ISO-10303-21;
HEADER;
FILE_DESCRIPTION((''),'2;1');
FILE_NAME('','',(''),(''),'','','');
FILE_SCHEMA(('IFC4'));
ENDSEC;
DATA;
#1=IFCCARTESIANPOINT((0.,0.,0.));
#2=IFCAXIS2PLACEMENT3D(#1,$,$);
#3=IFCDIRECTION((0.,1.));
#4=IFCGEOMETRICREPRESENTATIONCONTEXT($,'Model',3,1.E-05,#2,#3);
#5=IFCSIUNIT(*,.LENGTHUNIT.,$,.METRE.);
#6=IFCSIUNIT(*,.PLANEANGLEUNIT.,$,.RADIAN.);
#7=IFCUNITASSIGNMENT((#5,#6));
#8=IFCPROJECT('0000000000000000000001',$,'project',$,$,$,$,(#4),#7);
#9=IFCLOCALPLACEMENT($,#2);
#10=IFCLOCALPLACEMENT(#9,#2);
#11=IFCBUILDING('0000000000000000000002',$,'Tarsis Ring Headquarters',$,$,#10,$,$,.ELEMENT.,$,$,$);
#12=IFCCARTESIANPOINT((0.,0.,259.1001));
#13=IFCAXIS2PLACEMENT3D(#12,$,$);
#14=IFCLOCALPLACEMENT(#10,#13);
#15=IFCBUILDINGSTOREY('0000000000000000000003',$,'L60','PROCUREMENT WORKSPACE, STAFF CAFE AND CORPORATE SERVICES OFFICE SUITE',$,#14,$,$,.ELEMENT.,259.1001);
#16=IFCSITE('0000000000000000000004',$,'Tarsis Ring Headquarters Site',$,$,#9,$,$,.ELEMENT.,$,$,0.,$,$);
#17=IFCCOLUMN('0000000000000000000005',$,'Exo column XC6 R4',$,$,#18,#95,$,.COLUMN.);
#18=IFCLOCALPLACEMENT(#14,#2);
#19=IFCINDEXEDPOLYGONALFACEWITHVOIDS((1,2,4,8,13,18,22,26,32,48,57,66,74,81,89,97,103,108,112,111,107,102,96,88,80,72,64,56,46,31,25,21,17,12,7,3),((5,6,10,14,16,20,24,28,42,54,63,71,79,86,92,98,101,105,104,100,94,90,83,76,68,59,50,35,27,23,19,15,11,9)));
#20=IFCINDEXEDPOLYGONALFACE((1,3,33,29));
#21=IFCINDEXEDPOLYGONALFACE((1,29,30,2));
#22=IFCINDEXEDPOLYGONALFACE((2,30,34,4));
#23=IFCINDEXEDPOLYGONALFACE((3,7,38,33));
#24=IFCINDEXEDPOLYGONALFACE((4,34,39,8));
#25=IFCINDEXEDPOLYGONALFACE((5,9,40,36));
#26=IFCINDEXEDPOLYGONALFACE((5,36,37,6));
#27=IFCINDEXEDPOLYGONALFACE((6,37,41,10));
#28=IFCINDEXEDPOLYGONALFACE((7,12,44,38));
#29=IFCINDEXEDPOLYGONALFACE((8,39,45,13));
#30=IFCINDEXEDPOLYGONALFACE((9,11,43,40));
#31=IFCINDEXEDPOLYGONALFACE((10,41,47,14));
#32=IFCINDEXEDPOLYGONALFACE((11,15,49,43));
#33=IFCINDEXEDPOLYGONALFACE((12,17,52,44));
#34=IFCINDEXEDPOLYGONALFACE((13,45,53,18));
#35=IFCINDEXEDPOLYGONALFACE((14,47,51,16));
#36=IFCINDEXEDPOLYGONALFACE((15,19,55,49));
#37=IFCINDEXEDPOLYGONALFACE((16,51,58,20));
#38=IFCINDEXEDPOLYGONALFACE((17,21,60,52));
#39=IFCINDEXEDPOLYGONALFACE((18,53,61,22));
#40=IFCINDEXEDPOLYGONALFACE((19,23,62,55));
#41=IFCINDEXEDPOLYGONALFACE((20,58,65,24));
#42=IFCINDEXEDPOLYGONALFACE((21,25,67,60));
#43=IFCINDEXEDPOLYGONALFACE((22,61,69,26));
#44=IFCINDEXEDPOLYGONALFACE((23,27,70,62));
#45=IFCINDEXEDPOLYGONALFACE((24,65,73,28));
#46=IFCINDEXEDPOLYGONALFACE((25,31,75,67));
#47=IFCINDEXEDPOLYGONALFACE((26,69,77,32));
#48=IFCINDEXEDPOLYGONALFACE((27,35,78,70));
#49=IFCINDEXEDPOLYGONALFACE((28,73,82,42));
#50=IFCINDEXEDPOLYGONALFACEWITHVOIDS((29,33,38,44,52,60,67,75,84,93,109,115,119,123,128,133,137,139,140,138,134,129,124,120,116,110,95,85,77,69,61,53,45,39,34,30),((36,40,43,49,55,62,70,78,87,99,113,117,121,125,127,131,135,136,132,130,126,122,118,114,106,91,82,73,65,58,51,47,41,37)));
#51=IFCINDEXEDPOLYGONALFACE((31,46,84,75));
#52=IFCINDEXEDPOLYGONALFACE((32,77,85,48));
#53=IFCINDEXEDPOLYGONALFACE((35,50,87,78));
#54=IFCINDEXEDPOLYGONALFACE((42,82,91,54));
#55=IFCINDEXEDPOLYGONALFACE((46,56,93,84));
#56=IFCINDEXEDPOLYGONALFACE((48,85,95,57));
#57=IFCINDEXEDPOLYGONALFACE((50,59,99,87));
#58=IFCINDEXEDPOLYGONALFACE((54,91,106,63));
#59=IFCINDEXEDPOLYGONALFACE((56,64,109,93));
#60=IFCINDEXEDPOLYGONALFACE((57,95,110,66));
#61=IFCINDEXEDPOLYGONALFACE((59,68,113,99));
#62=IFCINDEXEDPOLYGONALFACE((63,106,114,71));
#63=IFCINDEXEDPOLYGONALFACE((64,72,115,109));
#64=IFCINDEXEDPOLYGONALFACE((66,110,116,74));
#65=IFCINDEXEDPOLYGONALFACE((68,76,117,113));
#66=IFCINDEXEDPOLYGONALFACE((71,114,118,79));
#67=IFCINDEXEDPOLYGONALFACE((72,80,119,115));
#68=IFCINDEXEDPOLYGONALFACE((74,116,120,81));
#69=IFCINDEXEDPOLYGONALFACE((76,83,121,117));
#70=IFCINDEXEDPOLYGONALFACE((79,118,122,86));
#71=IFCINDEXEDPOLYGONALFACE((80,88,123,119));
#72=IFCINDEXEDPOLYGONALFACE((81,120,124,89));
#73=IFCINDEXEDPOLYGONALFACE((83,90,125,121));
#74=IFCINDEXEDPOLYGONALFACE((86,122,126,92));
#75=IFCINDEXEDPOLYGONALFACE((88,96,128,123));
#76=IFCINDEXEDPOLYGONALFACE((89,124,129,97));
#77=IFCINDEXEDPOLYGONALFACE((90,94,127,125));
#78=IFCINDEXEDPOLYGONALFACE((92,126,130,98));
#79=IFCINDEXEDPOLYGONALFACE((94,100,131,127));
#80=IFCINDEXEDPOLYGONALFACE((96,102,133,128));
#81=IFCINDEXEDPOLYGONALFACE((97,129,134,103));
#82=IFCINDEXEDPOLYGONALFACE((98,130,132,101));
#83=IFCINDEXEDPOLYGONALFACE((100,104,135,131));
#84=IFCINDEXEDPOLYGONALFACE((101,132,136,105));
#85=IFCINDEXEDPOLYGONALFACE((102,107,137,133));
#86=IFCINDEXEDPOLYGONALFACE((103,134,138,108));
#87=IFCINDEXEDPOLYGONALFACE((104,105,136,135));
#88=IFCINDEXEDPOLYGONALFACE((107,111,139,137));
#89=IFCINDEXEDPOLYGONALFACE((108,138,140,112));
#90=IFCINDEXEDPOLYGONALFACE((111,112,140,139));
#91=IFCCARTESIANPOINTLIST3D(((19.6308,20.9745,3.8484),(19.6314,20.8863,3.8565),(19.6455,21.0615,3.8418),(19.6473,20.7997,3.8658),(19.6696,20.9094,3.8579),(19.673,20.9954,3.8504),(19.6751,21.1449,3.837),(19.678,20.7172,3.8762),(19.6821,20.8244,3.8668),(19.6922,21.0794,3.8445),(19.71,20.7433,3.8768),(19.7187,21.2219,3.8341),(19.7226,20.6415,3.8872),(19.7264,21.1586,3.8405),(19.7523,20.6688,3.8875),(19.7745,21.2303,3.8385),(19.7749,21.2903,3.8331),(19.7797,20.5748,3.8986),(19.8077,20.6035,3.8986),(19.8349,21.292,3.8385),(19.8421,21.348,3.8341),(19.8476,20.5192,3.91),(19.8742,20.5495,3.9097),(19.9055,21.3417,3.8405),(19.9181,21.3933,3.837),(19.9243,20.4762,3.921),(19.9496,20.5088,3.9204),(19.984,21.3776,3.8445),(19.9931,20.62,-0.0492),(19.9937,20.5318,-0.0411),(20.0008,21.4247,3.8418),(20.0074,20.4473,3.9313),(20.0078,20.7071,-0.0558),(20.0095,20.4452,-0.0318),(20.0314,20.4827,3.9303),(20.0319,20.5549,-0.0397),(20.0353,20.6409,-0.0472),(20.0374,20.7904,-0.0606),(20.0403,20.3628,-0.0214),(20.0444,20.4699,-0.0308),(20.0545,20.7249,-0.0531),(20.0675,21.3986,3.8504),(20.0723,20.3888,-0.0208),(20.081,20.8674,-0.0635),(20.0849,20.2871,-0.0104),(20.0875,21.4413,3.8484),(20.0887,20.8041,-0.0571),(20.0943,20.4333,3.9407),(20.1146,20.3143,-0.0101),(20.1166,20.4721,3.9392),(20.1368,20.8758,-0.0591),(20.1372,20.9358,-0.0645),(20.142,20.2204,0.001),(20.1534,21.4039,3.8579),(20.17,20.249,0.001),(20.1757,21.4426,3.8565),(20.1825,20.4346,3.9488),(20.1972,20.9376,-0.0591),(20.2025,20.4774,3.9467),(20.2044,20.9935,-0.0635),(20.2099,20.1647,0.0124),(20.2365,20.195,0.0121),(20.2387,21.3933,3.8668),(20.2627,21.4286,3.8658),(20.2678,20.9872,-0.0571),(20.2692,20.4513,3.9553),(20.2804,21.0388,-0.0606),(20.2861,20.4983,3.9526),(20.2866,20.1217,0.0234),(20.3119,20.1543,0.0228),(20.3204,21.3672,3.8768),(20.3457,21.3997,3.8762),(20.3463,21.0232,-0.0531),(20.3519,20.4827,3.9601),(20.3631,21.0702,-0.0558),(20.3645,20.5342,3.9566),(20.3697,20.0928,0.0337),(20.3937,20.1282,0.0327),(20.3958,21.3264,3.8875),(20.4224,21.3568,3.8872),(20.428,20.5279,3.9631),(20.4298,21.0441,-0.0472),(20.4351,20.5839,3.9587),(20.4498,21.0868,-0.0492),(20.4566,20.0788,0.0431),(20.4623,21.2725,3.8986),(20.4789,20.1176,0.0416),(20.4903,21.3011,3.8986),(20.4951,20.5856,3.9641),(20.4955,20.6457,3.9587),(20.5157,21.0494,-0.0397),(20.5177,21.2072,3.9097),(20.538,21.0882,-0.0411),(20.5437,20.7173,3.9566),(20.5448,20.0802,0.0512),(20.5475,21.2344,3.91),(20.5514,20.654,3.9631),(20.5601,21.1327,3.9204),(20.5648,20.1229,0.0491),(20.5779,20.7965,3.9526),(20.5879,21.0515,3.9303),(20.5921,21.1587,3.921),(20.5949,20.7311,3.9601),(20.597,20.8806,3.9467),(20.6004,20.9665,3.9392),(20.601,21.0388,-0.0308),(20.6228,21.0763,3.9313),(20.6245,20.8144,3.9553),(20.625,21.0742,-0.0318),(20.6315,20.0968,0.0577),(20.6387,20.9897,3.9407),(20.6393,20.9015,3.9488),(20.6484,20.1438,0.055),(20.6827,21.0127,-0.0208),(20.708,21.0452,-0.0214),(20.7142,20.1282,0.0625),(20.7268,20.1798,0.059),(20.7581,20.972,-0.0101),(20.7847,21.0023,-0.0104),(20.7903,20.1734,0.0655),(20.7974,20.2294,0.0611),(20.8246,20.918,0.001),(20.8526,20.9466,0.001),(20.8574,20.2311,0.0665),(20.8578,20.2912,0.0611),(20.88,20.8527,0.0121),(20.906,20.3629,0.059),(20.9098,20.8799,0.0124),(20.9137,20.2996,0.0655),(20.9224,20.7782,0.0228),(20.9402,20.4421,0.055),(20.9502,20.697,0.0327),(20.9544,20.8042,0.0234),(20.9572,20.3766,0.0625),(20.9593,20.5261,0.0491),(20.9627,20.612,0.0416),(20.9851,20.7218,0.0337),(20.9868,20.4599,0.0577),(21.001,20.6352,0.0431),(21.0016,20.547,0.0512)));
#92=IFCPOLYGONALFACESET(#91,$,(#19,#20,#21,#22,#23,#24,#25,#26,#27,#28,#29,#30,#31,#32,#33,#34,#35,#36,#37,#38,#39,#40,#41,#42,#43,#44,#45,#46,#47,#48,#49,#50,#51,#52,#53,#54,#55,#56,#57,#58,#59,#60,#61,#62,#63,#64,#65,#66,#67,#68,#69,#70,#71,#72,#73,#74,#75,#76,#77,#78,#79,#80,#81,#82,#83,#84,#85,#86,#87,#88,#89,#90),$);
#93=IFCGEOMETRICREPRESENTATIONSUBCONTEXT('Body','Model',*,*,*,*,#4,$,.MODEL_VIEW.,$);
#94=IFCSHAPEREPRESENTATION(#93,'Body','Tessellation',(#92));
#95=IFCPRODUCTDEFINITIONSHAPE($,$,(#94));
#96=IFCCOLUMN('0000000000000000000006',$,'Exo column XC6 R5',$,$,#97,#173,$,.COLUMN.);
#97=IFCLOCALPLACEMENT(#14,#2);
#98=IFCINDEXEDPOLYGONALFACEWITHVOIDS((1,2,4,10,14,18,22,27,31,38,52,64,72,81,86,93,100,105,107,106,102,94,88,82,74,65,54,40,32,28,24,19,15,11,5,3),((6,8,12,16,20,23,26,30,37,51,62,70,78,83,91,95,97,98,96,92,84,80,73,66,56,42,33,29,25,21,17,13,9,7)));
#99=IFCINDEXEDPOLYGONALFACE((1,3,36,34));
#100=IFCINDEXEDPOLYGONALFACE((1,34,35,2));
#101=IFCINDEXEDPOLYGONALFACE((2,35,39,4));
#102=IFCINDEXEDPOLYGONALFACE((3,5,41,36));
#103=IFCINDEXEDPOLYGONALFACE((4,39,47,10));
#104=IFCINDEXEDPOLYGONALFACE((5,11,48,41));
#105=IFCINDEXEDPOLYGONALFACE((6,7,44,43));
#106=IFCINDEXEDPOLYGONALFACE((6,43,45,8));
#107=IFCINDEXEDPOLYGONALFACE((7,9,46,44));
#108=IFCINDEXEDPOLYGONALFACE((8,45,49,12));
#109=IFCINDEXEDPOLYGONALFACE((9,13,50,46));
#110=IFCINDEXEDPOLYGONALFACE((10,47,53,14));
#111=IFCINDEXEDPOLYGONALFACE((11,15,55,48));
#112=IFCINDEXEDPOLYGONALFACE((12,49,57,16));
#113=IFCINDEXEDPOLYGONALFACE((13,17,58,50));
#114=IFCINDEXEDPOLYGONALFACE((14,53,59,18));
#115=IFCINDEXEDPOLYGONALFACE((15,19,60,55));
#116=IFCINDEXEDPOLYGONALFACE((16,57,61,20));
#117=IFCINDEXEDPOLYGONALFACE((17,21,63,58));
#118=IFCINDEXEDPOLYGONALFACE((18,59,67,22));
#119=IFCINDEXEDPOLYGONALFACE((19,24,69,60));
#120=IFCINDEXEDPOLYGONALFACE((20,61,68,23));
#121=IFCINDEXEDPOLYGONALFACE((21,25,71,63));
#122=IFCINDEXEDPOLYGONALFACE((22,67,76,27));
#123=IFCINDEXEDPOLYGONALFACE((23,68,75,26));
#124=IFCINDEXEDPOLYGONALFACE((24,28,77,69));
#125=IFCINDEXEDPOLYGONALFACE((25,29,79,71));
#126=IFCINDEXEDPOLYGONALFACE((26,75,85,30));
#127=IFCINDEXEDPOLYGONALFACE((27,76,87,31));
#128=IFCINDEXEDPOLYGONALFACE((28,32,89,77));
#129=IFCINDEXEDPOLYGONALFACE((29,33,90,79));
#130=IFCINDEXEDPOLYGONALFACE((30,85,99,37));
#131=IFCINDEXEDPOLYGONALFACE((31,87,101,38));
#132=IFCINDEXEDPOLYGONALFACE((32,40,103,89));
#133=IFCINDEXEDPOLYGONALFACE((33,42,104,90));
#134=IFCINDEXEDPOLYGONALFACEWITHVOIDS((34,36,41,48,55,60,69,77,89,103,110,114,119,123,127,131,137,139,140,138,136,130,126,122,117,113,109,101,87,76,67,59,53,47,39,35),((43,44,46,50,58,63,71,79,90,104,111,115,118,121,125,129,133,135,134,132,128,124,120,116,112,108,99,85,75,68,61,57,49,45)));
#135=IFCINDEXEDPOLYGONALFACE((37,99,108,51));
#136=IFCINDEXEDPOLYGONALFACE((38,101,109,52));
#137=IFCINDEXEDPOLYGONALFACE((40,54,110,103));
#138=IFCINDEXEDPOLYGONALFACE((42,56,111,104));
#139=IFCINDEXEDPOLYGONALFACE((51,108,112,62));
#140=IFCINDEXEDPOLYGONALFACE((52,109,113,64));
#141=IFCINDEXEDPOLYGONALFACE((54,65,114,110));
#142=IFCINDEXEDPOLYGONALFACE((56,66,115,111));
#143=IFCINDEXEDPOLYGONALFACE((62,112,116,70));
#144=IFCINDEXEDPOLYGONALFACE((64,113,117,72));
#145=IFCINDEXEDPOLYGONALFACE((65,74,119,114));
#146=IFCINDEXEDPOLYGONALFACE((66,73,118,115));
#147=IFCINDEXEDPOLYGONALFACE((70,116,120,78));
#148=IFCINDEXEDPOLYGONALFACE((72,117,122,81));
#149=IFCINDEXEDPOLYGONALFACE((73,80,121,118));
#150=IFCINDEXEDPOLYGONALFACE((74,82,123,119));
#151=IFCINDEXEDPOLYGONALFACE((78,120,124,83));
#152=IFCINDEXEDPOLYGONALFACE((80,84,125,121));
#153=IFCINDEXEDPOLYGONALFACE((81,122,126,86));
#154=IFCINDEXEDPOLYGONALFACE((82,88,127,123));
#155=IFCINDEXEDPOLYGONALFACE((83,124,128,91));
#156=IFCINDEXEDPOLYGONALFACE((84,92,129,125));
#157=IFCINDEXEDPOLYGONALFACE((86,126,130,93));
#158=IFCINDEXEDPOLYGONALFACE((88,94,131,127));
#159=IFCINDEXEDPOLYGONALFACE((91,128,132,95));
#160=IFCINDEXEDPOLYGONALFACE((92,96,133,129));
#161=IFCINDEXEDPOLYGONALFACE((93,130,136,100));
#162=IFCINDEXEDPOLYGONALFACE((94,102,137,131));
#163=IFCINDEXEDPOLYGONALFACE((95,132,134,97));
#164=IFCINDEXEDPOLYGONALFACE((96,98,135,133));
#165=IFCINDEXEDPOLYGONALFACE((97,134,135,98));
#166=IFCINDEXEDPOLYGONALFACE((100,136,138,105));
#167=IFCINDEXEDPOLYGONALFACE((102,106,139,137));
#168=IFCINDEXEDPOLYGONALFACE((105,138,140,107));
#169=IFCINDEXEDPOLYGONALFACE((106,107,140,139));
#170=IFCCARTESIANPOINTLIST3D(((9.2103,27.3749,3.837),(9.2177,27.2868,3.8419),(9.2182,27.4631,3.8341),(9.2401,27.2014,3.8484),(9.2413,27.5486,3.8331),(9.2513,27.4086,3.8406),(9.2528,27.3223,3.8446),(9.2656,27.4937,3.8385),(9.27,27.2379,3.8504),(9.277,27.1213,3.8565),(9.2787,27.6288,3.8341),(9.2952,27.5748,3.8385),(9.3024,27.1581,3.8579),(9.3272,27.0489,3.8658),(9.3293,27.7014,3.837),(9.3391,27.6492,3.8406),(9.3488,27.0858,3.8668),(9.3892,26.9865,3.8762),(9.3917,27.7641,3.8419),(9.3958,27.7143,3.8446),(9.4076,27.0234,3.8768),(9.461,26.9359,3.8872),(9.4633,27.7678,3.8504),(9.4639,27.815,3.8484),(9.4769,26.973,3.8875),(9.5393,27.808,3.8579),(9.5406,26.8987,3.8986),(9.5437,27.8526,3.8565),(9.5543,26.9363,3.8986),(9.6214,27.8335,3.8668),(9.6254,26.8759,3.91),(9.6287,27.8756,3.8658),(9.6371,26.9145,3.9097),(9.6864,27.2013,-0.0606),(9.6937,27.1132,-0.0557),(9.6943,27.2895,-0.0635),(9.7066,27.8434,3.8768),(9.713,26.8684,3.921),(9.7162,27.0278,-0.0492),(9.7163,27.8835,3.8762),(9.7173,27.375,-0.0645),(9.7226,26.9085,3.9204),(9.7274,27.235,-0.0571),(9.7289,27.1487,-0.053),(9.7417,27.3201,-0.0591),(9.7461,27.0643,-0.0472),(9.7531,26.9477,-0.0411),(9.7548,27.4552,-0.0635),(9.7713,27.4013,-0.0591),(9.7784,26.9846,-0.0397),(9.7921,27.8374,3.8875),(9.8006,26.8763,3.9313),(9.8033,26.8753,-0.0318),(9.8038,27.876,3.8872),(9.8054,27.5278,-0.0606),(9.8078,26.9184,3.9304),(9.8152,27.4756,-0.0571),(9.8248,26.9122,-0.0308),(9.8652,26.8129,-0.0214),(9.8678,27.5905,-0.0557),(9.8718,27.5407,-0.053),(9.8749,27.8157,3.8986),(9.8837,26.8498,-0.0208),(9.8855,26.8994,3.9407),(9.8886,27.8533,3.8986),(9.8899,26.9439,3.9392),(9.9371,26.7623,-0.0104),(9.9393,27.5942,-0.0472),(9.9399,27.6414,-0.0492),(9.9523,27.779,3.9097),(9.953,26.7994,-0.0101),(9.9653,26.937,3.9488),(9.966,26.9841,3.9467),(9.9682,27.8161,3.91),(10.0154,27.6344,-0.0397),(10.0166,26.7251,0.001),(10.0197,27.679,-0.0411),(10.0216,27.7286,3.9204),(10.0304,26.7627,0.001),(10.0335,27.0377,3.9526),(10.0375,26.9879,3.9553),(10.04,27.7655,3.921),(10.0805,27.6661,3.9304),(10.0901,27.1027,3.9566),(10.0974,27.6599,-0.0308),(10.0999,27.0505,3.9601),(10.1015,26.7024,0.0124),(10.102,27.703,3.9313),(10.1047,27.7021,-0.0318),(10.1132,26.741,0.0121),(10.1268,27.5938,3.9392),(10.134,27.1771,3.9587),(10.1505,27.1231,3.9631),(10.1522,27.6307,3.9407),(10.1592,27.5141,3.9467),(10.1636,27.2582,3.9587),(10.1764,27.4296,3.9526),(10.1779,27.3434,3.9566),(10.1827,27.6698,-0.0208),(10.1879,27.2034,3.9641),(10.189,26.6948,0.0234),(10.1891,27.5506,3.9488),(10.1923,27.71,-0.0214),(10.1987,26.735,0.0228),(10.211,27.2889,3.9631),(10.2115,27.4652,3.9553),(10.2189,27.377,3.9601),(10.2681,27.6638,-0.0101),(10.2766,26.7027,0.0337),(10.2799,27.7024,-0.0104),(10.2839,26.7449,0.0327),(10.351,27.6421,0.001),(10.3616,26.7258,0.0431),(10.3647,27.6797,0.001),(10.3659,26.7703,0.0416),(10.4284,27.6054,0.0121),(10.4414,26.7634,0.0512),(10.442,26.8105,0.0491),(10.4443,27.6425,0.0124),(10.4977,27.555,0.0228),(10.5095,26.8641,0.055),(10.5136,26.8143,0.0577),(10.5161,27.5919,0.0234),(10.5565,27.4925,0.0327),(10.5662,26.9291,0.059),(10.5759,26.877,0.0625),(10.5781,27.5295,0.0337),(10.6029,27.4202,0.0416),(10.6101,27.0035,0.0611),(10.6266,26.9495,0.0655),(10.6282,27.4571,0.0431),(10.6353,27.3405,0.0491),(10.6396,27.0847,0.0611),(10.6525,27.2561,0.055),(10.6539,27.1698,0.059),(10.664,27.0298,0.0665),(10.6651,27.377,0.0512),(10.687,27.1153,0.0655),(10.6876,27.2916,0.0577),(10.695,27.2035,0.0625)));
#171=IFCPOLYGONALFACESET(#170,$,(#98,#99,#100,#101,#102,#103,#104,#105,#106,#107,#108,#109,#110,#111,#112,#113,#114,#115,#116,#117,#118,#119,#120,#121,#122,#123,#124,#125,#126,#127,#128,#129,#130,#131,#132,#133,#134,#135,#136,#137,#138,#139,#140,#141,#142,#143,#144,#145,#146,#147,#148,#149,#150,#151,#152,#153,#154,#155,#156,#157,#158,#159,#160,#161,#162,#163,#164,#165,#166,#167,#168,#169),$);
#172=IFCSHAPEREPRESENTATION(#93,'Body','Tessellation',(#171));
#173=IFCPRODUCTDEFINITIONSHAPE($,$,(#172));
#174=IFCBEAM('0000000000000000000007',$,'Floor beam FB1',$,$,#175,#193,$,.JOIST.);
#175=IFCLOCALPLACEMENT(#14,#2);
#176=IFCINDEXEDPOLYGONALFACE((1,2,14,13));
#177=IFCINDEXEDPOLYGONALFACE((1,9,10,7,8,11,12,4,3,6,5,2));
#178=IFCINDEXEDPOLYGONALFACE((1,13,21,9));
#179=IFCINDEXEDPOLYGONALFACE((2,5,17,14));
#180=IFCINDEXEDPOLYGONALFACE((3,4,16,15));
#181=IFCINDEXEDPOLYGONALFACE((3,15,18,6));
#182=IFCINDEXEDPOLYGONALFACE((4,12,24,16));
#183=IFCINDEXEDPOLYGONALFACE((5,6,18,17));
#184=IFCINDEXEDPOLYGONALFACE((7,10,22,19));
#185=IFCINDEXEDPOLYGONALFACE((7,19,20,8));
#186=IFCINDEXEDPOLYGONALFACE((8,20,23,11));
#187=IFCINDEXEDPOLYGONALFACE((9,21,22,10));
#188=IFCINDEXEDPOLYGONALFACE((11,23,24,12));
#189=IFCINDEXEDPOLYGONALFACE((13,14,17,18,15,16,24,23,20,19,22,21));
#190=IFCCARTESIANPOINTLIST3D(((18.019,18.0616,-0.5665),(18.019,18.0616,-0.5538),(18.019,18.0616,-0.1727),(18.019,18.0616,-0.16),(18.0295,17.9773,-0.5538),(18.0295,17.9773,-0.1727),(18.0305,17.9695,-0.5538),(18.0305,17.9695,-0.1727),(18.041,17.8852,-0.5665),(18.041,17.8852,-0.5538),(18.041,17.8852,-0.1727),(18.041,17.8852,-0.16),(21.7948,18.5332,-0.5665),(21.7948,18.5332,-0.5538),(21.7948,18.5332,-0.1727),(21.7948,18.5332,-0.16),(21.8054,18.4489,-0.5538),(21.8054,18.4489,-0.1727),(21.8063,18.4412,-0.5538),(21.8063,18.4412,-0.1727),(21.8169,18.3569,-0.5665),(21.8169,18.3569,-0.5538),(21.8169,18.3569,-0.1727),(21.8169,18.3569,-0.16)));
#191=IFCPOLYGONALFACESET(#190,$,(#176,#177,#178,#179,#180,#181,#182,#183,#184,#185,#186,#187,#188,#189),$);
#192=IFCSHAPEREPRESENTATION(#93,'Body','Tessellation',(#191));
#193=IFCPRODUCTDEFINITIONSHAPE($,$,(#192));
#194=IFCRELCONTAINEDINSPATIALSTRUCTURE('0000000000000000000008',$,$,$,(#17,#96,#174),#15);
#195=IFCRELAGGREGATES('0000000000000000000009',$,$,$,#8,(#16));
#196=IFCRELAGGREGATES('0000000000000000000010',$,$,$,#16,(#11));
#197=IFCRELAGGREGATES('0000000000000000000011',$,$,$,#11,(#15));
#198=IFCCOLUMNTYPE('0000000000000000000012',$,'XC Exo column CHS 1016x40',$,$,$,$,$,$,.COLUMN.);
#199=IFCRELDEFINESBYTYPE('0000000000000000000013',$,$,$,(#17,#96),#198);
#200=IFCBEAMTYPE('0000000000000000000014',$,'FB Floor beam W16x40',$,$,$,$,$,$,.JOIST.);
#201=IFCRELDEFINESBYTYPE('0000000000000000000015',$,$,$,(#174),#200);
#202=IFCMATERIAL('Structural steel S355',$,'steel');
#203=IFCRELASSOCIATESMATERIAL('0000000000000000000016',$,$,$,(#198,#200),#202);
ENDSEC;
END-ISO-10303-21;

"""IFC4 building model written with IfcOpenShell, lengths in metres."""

from ifc_helpers import new_model, si_unit, direction, frame, origin, origin_2d, place, context, subcontext, project, spatial, hollow_circle, i_section, extrude, material, material_profile, profile_set, type_object, element, save


model = new_model("IFC4")

# Units and contexts
model_context = context("Model", 3, precision=1e-05, world=origin(), true_north=direction((0.0, 1.0)))
body_context = subcontext(model_context, "Body", "Model", "MODEL_VIEW")
ifc_project = project(units=[si_unit("LENGTHUNIT", "METRE"), si_unit("PLANEANGLEUNIT", "RADIAN")], contexts=[model_context])

# Site, building, storey
site_placement = place(None, origin())
site = spatial("IfcSite", under=ifc_project, at=site_placement, Name="Tarsis Ring Headquarters Site", CompositionType="ELEMENT", RefElevation=0.0)
building_placement = place(site_placement, origin())
building = spatial("IfcBuilding", under=site, at=building_placement, Name="Tarsis Ring Headquarters", CompositionType="ELEMENT")
storey_placement = place(building_placement, frame((0.0, 0.0, 259.1001)))
storey = spatial("IfcBuildingStorey", under=building, at=storey_placement, Name="L60", Description="PROCUREMENT WORKSPACE, STAFF CAFE AND CORPORATE SERVICES OFFICE SUITE", CompositionType="ELEMENT", Elevation=259.1001)

# Columns
ifc_material_1 = material(Name="Structural steel S355", Category="steel")
ifc_material_profile_1 = material_profile(ifc_material_1, hollow_circle(Radius=0.5081, WallThickness=0.04, at=origin_2d()), Name="CHS 1016x40")
ifc_profile_set_1 = profile_set([ifc_material_profile_1], Name="Structural steel S355")
column_type = type_object("IfcColumnType", Name="XC Exo column CHS 1016x40", PredefinedType="COLUMN", material=ifc_profile_set_1)
for number, where, z_axis, x_axis, name in (
    (1, (20.4973, 20.5835, 0.001), (-0.092177, 0.09019, 0.99165), (-0.699358, -0.714771, 0.0), "Exo column XC6 R4"),
    (2, (10.1907, 27.2024, 0.001), (-0.121123, 0.044163, 0.991655), (-0.342555, -0.939498, 0.0), "Exo column XC6 R5"),
):
    element("IfcColumn", number, at=place(storey_placement, frame(where, z_axis=z_axis, x_axis=x_axis)), inside=storey, type_object=column_type, Name=name, PredefinedType="COLUMN", context=body_context, shape_type="SweptSolid", body=[
        extrude(hollow_circle(Radius=0.5081, WallThickness=0.04, at=origin_2d()), origin(), (0.0, 0.0, 1.0), 3.9304),
    ])

# Beam
ifc_material_profile_2 = material_profile(ifc_material_1, i_section(OverallWidth=0.1777, OverallDepth=0.4065, WebThickness=0.0078, FlangeThickness=0.0127, at=origin_2d()), Name="W16x40")
ifc_profile_set_2 = profile_set([ifc_material_profile_2], Name="Structural steel S355")
beam_type_1 = type_object("IfcBeamType", Name="FB Floor beam W16x40", PredefinedType="JOIST", material=ifc_profile_set_2)
for number, where, z_axis, x_axis, name in (
    (3, (18.03, 17.9734, -0.3633), (0.992288, 0.123956, 0.0), (-0.123956, 0.992288, 0.0), "Floor beam FB1"),
):
    element("IfcBeam", number, at=place(storey_placement, frame(where, z_axis=z_axis, x_axis=x_axis)), inside=storey, type_object=beam_type_1, Name=name, PredefinedType="JOIST", context=body_context, shape_type="SweptSolid", body=[
        extrude(i_section(OverallWidth=0.1777, OverallDepth=0.4065, WebThickness=0.0078, FlangeThickness=0.0127, at=origin_2d()), origin(), (0.0, 0.0, 1.0), 3.8052),
    ])

save(model, "model.ifc")
